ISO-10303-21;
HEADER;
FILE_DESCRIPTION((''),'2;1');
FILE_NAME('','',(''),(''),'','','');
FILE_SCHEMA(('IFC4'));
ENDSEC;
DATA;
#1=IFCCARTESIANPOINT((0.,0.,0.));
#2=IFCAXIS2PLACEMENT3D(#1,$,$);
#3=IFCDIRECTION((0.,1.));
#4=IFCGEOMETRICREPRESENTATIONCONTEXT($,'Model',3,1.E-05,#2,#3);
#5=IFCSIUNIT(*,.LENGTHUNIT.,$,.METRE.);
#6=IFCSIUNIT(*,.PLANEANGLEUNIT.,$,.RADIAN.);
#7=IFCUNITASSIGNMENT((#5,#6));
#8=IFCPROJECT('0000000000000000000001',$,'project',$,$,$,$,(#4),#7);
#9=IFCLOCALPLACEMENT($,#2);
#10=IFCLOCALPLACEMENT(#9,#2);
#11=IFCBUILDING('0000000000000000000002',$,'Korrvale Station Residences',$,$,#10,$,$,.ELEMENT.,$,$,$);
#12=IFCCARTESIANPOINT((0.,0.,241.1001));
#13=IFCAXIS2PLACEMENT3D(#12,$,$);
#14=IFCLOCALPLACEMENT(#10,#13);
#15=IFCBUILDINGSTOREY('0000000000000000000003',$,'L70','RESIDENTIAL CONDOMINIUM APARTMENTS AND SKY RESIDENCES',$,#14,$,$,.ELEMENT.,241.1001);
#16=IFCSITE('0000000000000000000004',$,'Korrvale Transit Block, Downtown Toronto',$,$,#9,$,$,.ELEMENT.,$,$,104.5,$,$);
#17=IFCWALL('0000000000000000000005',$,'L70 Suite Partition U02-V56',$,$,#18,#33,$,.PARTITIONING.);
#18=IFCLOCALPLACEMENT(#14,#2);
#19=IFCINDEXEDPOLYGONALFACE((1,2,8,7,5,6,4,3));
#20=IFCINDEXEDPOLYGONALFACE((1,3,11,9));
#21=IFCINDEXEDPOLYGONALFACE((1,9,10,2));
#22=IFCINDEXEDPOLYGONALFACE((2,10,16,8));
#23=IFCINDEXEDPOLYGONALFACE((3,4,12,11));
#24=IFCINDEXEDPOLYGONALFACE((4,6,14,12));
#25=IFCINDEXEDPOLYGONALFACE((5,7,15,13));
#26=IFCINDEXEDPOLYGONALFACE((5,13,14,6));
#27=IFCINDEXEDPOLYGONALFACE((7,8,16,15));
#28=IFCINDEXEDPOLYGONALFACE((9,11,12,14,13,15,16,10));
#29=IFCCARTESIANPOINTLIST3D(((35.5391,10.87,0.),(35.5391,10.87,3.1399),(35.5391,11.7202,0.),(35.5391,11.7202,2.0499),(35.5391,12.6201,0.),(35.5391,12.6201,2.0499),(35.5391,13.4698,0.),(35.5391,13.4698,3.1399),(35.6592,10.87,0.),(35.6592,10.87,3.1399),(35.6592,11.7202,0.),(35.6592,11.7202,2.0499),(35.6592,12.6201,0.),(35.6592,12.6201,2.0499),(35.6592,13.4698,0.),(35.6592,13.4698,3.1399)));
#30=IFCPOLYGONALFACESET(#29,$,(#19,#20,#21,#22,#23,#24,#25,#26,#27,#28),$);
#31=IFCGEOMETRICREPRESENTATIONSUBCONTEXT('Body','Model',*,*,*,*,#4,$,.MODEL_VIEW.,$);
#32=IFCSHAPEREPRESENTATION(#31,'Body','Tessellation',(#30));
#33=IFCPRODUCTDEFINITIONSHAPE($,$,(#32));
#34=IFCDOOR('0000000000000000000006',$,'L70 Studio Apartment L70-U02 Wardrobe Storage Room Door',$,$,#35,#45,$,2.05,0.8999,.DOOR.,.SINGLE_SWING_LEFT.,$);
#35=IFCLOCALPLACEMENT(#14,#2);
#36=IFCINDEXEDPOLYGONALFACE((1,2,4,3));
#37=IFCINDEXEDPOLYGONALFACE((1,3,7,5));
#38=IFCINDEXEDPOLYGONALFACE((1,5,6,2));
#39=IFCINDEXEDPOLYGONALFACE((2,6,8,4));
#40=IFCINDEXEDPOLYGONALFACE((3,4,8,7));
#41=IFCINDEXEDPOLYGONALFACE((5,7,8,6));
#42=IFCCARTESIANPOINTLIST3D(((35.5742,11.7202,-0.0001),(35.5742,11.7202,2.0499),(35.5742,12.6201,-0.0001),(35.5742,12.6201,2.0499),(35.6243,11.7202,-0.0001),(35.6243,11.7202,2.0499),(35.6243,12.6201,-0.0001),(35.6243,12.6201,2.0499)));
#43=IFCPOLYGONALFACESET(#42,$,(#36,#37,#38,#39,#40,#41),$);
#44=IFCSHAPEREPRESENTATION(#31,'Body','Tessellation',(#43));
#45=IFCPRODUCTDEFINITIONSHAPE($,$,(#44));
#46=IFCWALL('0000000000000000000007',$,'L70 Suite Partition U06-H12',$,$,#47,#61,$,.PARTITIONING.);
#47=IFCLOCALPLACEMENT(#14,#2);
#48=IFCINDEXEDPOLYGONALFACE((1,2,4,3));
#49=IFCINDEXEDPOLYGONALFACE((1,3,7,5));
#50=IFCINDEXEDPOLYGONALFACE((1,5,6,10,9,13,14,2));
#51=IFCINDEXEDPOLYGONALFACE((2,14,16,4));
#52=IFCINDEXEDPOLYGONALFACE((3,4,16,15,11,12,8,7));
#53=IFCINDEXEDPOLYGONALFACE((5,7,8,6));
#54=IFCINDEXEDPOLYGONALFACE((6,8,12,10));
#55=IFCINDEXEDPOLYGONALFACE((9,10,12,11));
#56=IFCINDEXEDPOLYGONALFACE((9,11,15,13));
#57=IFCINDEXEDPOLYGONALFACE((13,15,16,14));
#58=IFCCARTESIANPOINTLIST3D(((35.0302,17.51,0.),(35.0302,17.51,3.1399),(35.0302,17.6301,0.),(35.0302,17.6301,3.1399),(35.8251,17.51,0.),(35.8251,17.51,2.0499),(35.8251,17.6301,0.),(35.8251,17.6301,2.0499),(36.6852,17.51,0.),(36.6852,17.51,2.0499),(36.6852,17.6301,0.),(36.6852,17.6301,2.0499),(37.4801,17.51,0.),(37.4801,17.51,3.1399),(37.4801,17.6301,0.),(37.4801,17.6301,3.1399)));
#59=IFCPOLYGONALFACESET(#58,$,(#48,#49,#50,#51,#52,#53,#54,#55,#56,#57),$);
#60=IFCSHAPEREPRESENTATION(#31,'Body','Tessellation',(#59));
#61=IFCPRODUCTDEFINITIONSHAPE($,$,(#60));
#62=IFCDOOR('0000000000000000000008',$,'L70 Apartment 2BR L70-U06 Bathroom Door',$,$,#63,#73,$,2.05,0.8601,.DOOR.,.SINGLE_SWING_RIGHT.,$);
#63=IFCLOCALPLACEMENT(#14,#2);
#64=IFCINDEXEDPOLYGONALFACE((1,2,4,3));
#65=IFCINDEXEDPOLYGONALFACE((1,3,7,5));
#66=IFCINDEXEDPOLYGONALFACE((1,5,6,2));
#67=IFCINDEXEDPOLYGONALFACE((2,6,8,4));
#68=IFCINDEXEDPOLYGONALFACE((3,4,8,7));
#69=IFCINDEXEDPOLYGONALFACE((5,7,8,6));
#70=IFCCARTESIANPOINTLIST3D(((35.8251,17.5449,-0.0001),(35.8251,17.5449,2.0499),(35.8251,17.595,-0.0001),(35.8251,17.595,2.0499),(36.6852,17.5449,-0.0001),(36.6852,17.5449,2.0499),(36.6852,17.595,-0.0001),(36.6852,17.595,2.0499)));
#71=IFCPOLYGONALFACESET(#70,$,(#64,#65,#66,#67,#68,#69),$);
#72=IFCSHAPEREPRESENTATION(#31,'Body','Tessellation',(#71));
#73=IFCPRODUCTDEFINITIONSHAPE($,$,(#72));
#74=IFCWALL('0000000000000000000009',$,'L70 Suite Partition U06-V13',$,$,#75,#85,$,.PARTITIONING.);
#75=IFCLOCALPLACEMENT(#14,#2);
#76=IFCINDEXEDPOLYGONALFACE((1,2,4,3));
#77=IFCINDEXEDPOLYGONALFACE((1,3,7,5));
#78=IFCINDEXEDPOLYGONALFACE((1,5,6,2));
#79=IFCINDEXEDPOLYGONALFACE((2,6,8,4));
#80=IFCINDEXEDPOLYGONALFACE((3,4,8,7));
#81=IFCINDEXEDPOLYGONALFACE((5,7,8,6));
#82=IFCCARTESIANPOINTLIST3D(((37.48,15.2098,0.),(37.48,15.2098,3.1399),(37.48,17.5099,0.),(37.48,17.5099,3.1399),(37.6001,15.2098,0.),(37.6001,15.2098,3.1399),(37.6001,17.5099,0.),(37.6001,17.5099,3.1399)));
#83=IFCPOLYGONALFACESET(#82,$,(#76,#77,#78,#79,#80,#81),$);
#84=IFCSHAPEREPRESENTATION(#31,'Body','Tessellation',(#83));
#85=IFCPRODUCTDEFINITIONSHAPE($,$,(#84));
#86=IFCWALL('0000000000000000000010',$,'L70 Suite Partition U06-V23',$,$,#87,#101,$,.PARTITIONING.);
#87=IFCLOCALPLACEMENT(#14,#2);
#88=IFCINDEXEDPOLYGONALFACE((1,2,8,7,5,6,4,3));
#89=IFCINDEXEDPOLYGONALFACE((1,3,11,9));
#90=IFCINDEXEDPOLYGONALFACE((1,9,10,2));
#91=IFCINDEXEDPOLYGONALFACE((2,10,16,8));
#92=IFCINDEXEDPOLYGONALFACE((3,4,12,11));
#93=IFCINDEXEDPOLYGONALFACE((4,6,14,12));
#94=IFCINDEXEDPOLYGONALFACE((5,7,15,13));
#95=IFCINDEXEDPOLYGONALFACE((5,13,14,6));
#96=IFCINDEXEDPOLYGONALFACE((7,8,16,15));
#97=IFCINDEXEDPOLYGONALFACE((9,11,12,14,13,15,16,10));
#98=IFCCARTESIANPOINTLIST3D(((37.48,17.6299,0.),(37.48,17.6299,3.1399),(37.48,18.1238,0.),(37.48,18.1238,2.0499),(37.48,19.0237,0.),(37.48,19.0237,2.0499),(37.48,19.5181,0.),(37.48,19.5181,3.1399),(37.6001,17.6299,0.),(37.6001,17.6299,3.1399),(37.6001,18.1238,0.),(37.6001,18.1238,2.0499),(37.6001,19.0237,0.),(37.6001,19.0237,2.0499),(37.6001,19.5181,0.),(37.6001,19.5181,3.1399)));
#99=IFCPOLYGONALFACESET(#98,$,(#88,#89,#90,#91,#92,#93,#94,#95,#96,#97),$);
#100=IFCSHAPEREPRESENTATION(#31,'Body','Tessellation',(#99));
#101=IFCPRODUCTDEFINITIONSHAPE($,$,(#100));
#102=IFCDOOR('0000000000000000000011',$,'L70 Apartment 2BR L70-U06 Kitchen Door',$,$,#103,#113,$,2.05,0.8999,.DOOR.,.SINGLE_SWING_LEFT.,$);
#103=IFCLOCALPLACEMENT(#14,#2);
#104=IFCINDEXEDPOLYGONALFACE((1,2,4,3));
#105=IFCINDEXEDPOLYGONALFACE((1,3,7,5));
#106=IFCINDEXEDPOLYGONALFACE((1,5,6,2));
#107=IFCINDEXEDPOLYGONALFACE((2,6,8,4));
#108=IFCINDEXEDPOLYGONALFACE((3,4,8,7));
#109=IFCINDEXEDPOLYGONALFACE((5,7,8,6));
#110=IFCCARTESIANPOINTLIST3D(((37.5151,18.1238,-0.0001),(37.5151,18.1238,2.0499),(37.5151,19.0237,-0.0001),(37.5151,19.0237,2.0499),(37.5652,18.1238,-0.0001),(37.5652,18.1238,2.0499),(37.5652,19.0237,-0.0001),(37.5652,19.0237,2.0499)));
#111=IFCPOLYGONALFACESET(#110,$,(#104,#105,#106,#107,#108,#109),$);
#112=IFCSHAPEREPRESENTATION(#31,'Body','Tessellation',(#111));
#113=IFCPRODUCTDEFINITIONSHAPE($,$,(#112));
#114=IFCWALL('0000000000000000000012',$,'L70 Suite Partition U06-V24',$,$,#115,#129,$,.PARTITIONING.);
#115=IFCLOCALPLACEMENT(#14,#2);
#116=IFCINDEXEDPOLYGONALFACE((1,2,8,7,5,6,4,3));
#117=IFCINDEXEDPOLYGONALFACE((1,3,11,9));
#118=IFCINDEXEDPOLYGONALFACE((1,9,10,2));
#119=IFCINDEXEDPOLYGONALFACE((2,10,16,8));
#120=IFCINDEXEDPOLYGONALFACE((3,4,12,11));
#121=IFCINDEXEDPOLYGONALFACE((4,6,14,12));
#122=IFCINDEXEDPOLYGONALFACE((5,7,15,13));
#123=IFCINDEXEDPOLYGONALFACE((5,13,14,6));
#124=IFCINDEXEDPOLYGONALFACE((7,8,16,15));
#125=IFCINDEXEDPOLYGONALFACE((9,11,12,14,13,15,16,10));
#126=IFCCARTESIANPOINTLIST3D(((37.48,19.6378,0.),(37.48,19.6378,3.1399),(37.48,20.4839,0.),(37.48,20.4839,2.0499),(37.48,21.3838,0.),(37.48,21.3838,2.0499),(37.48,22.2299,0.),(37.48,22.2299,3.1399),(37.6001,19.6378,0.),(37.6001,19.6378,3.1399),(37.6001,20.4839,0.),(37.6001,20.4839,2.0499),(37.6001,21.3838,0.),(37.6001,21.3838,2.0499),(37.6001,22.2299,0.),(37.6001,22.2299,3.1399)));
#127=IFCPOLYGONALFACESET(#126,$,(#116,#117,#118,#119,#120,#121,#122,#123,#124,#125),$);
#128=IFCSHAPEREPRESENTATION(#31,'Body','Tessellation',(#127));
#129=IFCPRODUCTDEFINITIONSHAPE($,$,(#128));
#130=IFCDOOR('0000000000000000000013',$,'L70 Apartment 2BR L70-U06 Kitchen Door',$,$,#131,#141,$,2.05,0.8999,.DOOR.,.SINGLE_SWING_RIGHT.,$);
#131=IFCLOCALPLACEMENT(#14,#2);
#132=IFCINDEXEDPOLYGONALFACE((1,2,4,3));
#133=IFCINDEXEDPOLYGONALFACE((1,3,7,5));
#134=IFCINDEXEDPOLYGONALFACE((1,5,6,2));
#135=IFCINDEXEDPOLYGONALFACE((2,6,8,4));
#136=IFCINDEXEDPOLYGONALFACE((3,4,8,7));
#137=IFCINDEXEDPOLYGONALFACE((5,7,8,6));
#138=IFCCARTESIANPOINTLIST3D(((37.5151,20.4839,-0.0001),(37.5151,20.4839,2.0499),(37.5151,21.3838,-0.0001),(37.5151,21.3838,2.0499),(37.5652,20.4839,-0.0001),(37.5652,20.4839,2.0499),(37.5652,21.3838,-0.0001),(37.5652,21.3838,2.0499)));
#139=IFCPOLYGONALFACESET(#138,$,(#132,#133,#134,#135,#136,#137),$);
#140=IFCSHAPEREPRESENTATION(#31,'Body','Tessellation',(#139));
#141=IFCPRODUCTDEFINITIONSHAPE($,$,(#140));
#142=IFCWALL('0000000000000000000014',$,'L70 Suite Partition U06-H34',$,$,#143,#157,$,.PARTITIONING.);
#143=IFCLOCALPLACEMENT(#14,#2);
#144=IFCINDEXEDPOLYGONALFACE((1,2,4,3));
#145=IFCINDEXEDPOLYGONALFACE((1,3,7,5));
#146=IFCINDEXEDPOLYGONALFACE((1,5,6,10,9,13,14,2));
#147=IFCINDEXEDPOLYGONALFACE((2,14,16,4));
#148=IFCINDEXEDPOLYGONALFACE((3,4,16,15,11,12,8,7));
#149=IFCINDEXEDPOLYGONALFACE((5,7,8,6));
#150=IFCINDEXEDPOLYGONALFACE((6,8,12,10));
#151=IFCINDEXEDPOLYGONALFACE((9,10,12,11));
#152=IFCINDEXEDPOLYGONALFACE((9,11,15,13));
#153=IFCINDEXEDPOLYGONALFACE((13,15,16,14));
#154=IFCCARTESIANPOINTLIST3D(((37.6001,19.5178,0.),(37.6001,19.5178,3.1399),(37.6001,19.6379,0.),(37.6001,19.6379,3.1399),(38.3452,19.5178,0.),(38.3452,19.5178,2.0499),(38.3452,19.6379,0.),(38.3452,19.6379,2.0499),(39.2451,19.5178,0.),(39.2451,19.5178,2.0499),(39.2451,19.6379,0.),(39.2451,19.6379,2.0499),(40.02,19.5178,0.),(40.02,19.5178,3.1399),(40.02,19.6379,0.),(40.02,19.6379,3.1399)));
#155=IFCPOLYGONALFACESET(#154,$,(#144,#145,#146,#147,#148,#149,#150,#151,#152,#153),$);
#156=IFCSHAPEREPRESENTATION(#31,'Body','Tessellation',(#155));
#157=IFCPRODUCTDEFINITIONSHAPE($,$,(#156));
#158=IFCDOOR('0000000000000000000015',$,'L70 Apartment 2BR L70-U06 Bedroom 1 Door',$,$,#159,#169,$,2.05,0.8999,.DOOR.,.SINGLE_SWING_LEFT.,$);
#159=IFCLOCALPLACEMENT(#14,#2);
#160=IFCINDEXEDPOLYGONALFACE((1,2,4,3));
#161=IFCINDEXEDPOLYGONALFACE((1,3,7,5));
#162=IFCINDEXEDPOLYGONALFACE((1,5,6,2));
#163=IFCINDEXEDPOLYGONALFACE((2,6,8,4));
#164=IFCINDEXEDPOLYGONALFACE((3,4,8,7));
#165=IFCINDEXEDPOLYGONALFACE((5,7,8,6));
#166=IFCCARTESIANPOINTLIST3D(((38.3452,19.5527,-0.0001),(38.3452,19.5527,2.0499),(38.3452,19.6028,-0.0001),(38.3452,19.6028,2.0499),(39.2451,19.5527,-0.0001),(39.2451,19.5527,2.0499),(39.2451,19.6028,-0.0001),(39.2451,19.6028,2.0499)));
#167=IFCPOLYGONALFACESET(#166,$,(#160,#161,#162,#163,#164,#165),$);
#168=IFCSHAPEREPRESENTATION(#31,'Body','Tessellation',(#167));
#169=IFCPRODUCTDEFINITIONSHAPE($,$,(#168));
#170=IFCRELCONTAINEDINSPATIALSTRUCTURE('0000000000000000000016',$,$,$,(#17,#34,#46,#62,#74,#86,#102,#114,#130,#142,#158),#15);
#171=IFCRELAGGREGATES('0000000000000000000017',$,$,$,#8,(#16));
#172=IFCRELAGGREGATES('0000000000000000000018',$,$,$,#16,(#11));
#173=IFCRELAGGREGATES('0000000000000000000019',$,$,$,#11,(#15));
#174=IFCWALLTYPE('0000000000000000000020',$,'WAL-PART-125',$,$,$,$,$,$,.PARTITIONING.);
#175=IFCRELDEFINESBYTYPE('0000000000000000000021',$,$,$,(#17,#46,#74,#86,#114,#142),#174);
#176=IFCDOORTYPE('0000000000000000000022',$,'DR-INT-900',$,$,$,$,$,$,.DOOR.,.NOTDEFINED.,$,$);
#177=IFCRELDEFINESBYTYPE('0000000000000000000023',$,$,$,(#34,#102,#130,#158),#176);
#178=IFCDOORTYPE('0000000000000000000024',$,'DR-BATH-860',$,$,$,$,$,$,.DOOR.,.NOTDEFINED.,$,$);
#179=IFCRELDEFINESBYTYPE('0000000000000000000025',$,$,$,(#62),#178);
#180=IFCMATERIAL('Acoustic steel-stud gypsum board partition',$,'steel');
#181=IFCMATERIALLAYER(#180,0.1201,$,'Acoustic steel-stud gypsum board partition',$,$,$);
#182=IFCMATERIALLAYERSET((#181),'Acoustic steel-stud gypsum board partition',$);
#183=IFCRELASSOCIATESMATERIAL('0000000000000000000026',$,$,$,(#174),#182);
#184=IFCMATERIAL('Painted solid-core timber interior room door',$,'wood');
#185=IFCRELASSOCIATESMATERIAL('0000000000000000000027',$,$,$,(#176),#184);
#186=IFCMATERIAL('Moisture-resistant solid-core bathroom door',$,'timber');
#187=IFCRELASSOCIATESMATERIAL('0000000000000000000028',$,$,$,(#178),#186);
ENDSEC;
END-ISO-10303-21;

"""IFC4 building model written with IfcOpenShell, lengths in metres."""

from ifc_helpers import new_model, si_unit, direction, frame, frame_2d, origin, place, context, subcontext, project, spatial, rectangle, extrude, material, layer, layer_set, type_object, element, fill, save


model = new_model("IFC4")

# Units and contexts
model_context = context("Model", 3, precision=1e-05, world=origin(), true_north=direction((0.0, 1.0)))
body_context = subcontext(model_context, "Body", "Model", "MODEL_VIEW")
ifc_project = project(units=[si_unit("LENGTHUNIT", "METRE"), si_unit("PLANEANGLEUNIT", "RADIAN")], contexts=[model_context])

# Site, building, storey
site_placement = place(None, origin())
site = spatial("IfcSite", under=ifc_project, at=site_placement, Name="Korrvale Transit Block, Downtown Toronto", CompositionType="ELEMENT", RefElevation=104.5)
building_placement = place(site_placement, origin())
building = spatial("IfcBuilding", under=site, at=building_placement, Name="Korrvale Station Residences", CompositionType="ELEMENT")
storey_placement = place(building_placement, frame((0.0, 0.0, 241.1001)))
storey = spatial("IfcBuildingStorey", under=building, at=storey_placement, Name="L70", Description="RESIDENTIAL CONDOMINIUM APARTMENTS AND SKY RESIDENCES", CompositionType="ELEMENT", Elevation=241.1001)

# Walls, openings, doors
ifc_material_1 = material(Name="Acoustic steel-stud gypsum board partition", Category="steel")
ifc_layer_1 = layer(ifc_material_1, 0.1201, Name="Acoustic steel-stud gypsum board partition")
ifc_layer_set_1 = layer_set([ifc_layer_1], Name="Acoustic steel-stud gypsum board partition")
wall_type_1 = type_object("IfcWallType", Name="WAL-PART-125", PredefinedType="PARTITIONING", material=ifc_layer_set_1)
ifc_material_2 = material(Name="Painted solid-core timber interior room door", Category="wood")
door_type_1 = type_object("IfcDoorType", Name="DR-INT-900", OperationType="NOTDEFINED", PredefinedType="DOOR", material=ifc_material_2)
wall_1_placement = place(storey_placement, frame((35.5991, 10.8701, 0.0), z_axis=(0.0, 0.0, 1.0), x_axis=(0.0, 1.0, 0.0)))
wall_1 = element("IfcWall", 1, at=wall_1_placement, inside=storey, type_object=wall_type_1, Name="L70 Suite Partition U02-V56", PredefinedType="PARTITIONING", context=body_context, shape_type="SweptSolid", body=[
    extrude(rectangle(XDim=2.5999, YDim=0.1201, at=frame_2d((1.2998, 0.0))), origin(), (0.0, 0.0, 1.0), 3.1399),
])
opening_1_placement = place(wall_1_placement, frame((0.8501, 0.0, 0.0)))
opening_1 = element("IfcOpeningElement", 2, at=opening_1_placement, cuts=wall_1, PredefinedType="OPENING", context=body_context, shape_type="SweptSolid", body=[
    extrude(rectangle(XDim=0.8999, YDim=2.05, at=frame_2d((0.45, 1.0249))), frame((0.0, 0.0701, 0.0), z_axis=(0.0, -1.0, 0.0), x_axis=(1.0, 0.0, 0.0)), (0.0, 0.0, 1.0), 0.1401),
])
door_1_placement = place(opening_1_placement, origin())
door_1 = element("IfcDoor", 3, at=door_1_placement, inside=storey, type_object=door_type_1, Name="L70 Studio Apartment L70-U02 Wardrobe Storage Room Door", OperationType="SINGLE_SWING_LEFT", OverallHeight=2.05, OverallWidth=0.8999, PredefinedType="DOOR", context=body_context, shape_type="SweptSolid", body=[
    extrude(rectangle(XDim=0.8999, YDim=2.05, at=frame_2d((0.45, 1.0249))), frame((0.0, 0.0249, 0.0), z_axis=(0.0, -1.0, 0.0), x_axis=(1.0, 0.0, 0.0)), (0.0, 0.0, 1.0), 0.05),
])
fill(opening_1, door_1)
wall_2_placement = place(storey_placement, frame((35.03, 17.5701, 0.0), z_axis=(0.0, 0.0, 1.0), x_axis=(1.0, 0.0, 0.0)))
wall_2 = element("IfcWall", 4, at=wall_2_placement, inside=storey, type_object=wall_type_1, Name="L70 Suite Partition U06-H12", PredefinedType="PARTITIONING", context=body_context, shape_type="SweptSolid", body=[
    extrude(rectangle(XDim=2.45, YDim=0.1201, at=frame_2d((1.2251, 0.0))), origin(), (0.0, 0.0, 1.0), 3.1399),
])
opening_2_placement = place(wall_2_placement, frame((0.7949, 0.0, 0.0)))
opening_2 = element("IfcOpeningElement", 5, at=opening_2_placement, cuts=wall_2, PredefinedType="OPENING", context=body_context, shape_type="SweptSolid", body=[
    extrude(rectangle(XDim=0.8601, YDim=2.05, at=frame_2d((0.4302, 1.0249))), frame((0.0, 0.0701, 0.0), z_axis=(0.0, -1.0, 0.0), x_axis=(1.0, 0.0, 0.0)), (0.0, 0.0, 1.0), 0.1401),
])
ifc_material_3 = material(Name="Moisture-resistant solid-core bathroom door", Category="timber")
door_type_2 = type_object("IfcDoorType", Name="DR-BATH-860", OperationType="NOTDEFINED", PredefinedType="DOOR", material=ifc_material_3)
door_2_placement = place(opening_2_placement, origin())
door_2 = element("IfcDoor", 6, at=door_2_placement, inside=storey, type_object=door_type_2, Name="L70 Apartment 2BR L70-U06 Bathroom Door", OperationType="SINGLE_SWING_RIGHT", OverallHeight=2.05, OverallWidth=0.8601, PredefinedType="DOOR", context=body_context, shape_type="SweptSolid", body=[
    extrude(rectangle(XDim=0.8601, YDim=2.05, at=frame_2d((0.4302, 1.0249))), frame((0.0, 0.0249, 0.0), z_axis=(0.0, -1.0, 0.0), x_axis=(1.0, 0.0, 0.0)), (0.0, 0.0, 1.0), 0.05),
])
fill(opening_2, door_2)

# Wall
wall_3_placement = place(storey_placement, frame((37.54, 15.21, 0.0), z_axis=(0.0, 0.0, 1.0), x_axis=(0.0, 1.0, 0.0)))
element("IfcWall", 7, at=wall_3_placement, inside=storey, type_object=wall_type_1, Name="L70 Suite Partition U06-V13", PredefinedType="PARTITIONING", context=body_context, shape_type="SweptSolid", body=[
    extrude(rectangle(XDim=2.3, YDim=0.1201, at=frame_2d((1.1499, 0.0))), origin(), (0.0, 0.0, 1.0), 3.1399),
])

# Walls, openings, doors
wall_4_placement = place(storey_placement, frame((37.54, 17.6299, 0.0), z_axis=(0.0, 0.0, 1.0), x_axis=(0.0, 1.0, 0.0)))
wall_4 = element("IfcWall", 8, at=wall_4_placement, inside=storey, type_object=wall_type_1, Name="L70 Suite Partition U06-V23", PredefinedType="PARTITIONING", context=body_context, shape_type="SweptSolid", body=[
    extrude(rectangle(XDim=1.8882, YDim=0.1201, at=frame_2d((0.9441, 0.0))), origin(), (0.0, 0.0, 1.0), 3.1399),
])
opening_3_placement = place(wall_4_placement, frame((0.4939, 0.0, 0.0)))
opening_3 = element("IfcOpeningElement", 9, at=opening_3_placement, cuts=wall_4, PredefinedType="OPENING", context=body_context, shape_type="SweptSolid", body=[
    extrude(rectangle(XDim=0.8999, YDim=2.05, at=frame_2d((0.45, 1.0249))), frame((0.0, 0.0701, 0.0), z_axis=(0.0, -1.0, 0.0), x_axis=(1.0, 0.0, 0.0)), (0.0, 0.0, 1.0), 0.1401),
])
door_3_placement = place(opening_3_placement, origin())
door_3 = element("IfcDoor", 10, at=door_3_placement, inside=storey, type_object=door_type_1, Name="L70 Apartment 2BR L70-U06 Kitchen Door", OperationType="SINGLE_SWING_LEFT", OverallHeight=2.05, OverallWidth=0.8999, PredefinedType="DOOR", context=body_context, shape_type="SweptSolid", body=[
    extrude(rectangle(XDim=0.8999, YDim=2.05, at=frame_2d((0.45, 1.0249))), frame((0.0, 0.0249, 0.0), z_axis=(0.0, -1.0, 0.0), x_axis=(1.0, 0.0, 0.0)), (0.0, 0.0, 1.0), 0.05),
])
fill(opening_3, door_3)
wall_5_placement = place(storey_placement, frame((37.54, 19.6379, 0.0), z_axis=(0.0, 0.0, 1.0), x_axis=(0.0, 1.0, 0.0)))
wall_5 = element("IfcWall", 11, at=wall_5_placement, inside=storey, type_object=wall_type_1, Name="L70 Suite Partition U06-V24", PredefinedType="PARTITIONING", context=body_context, shape_type="SweptSolid", body=[
    extrude(rectangle(XDim=2.592, YDim=0.1201, at=frame_2d((1.2959, 0.0))), origin(), (0.0, 0.0, 1.0), 3.1399),
])
opening_4_placement = place(wall_5_placement, frame((0.8459, 0.0, 0.0)))
opening_4 = element("IfcOpeningElement", 12, at=opening_4_placement, cuts=wall_5, PredefinedType="OPENING", context=body_context, shape_type="SweptSolid", body=[
    extrude(rectangle(XDim=0.8999, YDim=2.05, at=frame_2d((0.45, 1.0249))), frame((0.0, 0.0701, 0.0), z_axis=(0.0, -1.0, 0.0), x_axis=(1.0, 0.0, 0.0)), (0.0, 0.0, 1.0), 0.1401),
])
door_4_placement = place(opening_4_placement, origin())
door_4 = element("IfcDoor", 13, at=door_4_placement, inside=storey, type_object=door_type_1, Name="L70 Apartment 2BR L70-U06 Kitchen Door", OperationType="SINGLE_SWING_RIGHT", OverallHeight=2.05, OverallWidth=0.8999, PredefinedType="DOOR", context=body_context, shape_type="SweptSolid", body=[
    extrude(rectangle(XDim=0.8999, YDim=2.05, at=frame_2d((0.45, 1.0249))), frame((0.0, 0.0249, 0.0), z_axis=(0.0, -1.0, 0.0), x_axis=(1.0, 0.0, 0.0)), (0.0, 0.0, 1.0), 0.05),
])
fill(opening_4, door_4)
wall_6_placement = place(storey_placement, frame((37.6001, 19.5779, 0.0), z_axis=(0.0, 0.0, 1.0), x_axis=(1.0, 0.0, 0.0)))
wall_6 = element("IfcWall", 14, at=wall_6_placement, inside=storey, type_object=wall_type_1, Name="L70 Suite Partition U06-H34", PredefinedType="PARTITIONING", context=body_context, shape_type="SweptSolid", body=[
    extrude(rectangle(XDim=2.4199, YDim=0.1201, at=frame_2d((1.21, 0.0))), origin(), (0.0, 0.0, 1.0), 3.1399),
])
opening_5_placement = place(wall_6_placement, frame((0.7451, 0.0, 0.0)))
opening_5 = element("IfcOpeningElement", 15, at=opening_5_placement, cuts=wall_6, PredefinedType="OPENING", context=body_context, shape_type="SweptSolid", body=[
    extrude(rectangle(XDim=0.8999, YDim=2.05, at=frame_2d((0.45, 1.0249))), frame((0.0, 0.0701, 0.0), z_axis=(0.0, -1.0, 0.0), x_axis=(1.0, 0.0, 0.0)), (0.0, 0.0, 1.0), 0.1401),
])
door_5_placement = place(opening_5_placement, origin())
door_5 = element("IfcDoor", 16, at=door_5_placement, inside=storey, type_object=door_type_1, Name="L70 Apartment 2BR L70-U06 Bedroom 1 Door", OperationType="SINGLE_SWING_LEFT", OverallHeight=2.05, OverallWidth=0.8999, PredefinedType="DOOR", context=body_context, shape_type="SweptSolid", body=[
    extrude(rectangle(XDim=0.8999, YDim=2.05, at=frame_2d((0.45, 1.0249))), frame((0.0, 0.0249, 0.0), z_axis=(0.0, -1.0, 0.0), x_axis=(1.0, 0.0, 0.0)), (0.0, 0.0, 1.0), 0.05),
])
fill(opening_5, door_5)

save(model, "model.ifc")
